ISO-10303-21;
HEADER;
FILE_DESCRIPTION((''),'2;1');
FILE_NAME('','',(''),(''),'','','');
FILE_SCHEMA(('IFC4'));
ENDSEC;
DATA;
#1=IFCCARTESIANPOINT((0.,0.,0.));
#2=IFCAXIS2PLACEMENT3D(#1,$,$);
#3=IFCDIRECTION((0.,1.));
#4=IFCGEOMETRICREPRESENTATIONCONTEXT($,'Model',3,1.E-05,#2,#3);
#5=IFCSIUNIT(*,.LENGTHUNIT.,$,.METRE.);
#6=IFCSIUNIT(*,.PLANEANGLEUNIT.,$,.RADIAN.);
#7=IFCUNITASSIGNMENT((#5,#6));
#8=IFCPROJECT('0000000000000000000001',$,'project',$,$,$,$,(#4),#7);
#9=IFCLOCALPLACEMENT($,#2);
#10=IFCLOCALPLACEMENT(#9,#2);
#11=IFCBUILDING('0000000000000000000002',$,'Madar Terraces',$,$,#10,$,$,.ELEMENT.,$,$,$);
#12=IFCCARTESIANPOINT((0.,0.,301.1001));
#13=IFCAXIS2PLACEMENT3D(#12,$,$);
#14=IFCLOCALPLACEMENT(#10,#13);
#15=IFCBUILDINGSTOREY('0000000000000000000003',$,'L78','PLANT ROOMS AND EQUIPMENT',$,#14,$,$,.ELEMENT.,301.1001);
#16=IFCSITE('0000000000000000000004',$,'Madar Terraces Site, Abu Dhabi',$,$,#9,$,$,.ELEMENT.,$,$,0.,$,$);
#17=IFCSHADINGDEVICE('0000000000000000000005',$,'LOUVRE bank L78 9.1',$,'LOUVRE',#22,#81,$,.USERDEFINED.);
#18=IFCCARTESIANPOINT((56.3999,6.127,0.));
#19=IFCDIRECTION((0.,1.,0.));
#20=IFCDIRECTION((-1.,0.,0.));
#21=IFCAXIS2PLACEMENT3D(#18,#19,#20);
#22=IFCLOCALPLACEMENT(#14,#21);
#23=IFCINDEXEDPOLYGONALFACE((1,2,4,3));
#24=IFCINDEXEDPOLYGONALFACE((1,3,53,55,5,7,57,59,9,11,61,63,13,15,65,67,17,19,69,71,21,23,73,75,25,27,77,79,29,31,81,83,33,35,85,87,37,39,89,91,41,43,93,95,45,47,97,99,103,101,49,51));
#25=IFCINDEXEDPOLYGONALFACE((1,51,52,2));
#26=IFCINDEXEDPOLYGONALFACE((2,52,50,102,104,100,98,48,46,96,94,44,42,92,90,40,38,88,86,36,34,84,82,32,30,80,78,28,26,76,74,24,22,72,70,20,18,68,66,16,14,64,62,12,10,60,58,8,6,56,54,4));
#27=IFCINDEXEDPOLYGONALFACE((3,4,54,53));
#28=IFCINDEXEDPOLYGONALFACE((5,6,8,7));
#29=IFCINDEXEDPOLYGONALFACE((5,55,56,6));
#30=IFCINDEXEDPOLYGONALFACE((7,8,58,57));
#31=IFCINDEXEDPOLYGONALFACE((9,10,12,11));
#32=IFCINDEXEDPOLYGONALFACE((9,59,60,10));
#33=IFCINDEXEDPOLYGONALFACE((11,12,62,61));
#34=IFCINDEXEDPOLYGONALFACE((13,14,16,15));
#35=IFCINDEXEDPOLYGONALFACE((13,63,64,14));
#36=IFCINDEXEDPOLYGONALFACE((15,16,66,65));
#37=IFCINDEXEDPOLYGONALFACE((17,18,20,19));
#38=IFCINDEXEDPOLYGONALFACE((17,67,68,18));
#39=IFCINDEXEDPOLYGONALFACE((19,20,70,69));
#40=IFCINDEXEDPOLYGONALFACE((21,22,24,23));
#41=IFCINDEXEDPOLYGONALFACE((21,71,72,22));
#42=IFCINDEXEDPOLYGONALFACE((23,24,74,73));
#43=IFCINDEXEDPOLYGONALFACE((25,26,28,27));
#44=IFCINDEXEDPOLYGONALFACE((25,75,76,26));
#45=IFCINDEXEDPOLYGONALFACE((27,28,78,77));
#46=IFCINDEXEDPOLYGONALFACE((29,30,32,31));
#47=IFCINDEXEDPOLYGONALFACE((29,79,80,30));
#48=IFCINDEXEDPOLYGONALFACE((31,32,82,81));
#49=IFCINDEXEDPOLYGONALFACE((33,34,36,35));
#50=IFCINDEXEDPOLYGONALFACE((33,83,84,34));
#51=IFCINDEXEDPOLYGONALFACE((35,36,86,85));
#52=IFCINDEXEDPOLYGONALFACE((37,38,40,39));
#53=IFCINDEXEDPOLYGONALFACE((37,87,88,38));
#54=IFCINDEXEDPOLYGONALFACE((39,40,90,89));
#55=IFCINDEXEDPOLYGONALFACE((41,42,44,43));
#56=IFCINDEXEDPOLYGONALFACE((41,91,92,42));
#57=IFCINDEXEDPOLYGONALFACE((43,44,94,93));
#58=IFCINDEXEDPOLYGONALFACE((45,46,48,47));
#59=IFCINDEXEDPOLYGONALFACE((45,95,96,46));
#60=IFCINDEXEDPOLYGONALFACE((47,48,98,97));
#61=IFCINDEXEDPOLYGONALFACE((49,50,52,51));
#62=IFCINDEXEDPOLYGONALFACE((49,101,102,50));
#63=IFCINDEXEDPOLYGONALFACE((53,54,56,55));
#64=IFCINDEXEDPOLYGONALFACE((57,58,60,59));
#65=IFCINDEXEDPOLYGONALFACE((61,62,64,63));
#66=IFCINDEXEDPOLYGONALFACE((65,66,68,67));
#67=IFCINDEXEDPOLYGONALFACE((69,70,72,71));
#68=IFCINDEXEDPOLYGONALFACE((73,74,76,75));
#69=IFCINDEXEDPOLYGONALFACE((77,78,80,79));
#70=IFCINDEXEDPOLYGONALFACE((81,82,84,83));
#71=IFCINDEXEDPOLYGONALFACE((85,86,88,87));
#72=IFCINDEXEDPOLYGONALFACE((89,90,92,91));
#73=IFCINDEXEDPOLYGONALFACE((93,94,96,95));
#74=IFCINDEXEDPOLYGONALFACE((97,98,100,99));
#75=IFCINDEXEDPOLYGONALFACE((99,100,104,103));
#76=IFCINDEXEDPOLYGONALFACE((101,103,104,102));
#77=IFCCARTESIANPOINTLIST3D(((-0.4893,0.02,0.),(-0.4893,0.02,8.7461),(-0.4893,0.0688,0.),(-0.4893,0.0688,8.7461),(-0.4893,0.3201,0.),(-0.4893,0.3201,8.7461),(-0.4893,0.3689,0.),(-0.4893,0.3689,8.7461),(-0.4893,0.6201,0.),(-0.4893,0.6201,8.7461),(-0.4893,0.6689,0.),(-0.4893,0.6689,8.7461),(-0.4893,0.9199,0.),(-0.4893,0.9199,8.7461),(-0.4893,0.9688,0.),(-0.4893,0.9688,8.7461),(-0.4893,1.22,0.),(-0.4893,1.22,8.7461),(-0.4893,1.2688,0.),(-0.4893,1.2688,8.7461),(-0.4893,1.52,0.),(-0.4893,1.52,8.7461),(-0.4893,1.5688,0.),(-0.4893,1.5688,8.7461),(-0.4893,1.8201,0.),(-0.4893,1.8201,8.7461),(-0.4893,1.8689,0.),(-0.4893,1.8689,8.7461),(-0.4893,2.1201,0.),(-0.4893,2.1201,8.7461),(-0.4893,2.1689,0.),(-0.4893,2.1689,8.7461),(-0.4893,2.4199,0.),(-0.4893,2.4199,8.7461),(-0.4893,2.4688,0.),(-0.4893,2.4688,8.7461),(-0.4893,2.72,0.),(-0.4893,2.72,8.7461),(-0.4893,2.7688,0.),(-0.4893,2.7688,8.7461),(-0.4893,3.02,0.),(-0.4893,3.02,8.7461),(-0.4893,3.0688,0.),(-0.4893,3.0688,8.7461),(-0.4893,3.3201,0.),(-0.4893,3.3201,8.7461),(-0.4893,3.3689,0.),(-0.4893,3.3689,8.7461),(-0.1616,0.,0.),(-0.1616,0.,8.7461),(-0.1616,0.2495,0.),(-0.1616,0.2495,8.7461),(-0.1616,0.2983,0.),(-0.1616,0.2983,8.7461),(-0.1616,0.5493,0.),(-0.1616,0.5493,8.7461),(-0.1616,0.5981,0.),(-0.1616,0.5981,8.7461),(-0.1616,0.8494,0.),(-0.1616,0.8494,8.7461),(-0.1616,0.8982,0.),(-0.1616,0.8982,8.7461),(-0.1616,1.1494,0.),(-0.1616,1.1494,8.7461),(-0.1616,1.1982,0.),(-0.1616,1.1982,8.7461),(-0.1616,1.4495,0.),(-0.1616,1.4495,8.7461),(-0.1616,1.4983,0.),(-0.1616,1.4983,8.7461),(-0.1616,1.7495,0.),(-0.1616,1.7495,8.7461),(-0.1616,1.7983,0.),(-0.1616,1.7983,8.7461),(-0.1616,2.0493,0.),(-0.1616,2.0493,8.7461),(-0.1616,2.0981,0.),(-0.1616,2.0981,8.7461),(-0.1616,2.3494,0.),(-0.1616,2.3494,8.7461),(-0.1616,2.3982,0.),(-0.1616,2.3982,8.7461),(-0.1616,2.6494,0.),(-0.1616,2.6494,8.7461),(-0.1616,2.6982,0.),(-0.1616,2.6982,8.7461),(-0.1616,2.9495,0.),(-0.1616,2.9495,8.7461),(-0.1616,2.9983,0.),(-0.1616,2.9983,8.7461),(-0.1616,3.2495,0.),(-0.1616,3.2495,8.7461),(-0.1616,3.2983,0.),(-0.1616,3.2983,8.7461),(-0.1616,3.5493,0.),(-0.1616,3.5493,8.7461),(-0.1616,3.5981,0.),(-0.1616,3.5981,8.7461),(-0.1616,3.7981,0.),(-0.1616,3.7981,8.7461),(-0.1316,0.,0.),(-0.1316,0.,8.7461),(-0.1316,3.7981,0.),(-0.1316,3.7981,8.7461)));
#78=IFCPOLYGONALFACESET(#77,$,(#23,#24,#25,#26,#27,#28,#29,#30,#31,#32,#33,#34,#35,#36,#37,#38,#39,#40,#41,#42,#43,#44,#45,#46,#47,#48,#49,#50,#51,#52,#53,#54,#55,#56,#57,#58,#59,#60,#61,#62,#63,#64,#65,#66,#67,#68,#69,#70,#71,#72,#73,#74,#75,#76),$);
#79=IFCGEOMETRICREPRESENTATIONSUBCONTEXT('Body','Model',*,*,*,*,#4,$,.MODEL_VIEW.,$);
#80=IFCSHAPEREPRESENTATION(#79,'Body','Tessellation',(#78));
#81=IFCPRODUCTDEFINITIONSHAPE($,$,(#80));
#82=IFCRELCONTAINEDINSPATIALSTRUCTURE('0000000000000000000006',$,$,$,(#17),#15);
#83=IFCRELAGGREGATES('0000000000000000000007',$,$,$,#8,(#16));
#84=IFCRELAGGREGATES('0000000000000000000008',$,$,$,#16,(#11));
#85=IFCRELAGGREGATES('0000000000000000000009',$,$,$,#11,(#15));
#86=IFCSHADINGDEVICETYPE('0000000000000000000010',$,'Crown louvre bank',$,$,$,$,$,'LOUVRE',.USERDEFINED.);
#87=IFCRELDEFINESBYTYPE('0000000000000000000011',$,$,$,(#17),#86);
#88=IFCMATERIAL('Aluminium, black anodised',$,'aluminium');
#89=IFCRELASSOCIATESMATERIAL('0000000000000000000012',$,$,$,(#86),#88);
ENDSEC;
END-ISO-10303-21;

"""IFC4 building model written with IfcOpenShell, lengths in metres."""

from ifc_helpers import new_model, si_unit, direction, frame, origin, place, context, subcontext, project, spatial, polyline, outline, extrude, material, type_object, element, save


model = new_model("IFC4")

# Units and contexts
model_context = context("Model", 3, precision=1e-05, world=origin(), true_north=direction((0.0, 1.0)))
body_context = subcontext(model_context, "Body", "Model", "MODEL_VIEW")
ifc_project = project(units=[si_unit("LENGTHUNIT", "METRE"), si_unit("PLANEANGLEUNIT", "RADIAN")], contexts=[model_context])

# Site, building, storey
site_placement = place(None, origin())
site = spatial("IfcSite", under=ifc_project, at=site_placement, Name="Madar Terraces Site, Abu Dhabi", CompositionType="ELEMENT", RefElevation=0.0)
building_placement = place(site_placement, origin())
building = spatial("IfcBuilding", under=site, at=building_placement, Name="Madar Terraces", CompositionType="ELEMENT")
storey_placement = place(building_placement, frame((0.0, 0.0, 301.1001)))
storey = spatial("IfcBuildingStorey", under=building, at=storey_placement, Name="L78", Description="PLANT ROOMS AND EQUIPMENT", CompositionType="ELEMENT", Elevation=301.1001)

# Shading device
ifc_material_1 = material(Name="Aluminium, black anodised", Category="aluminium")
shading_device_type = type_object("IfcShadingDeviceType", Name="Crown louvre bank", ElementType="LOUVRE", PredefinedType="USERDEFINED", material=ifc_material_1)
shading_device_1_placement = place(storey_placement, frame((56.3999, 6.127, 0.0), z_axis=(0.0, 1.0, 0.0), x_axis=(-1.0, 0.0, 0.0)))
element("IfcShadingDevice", 1, at=shading_device_1_placement, inside=storey, type_object=shading_device_type, Name="LOUVRE bank L78 9.1", ObjectType="LOUVRE", PredefinedType="USERDEFINED", context=body_context, shape_type="SweptSolid", body=[
    extrude(outline(polyline([(-0.1316, 0.0), (-0.1616, 0.0), (-0.1616, 0.2495), (-0.4893, 0.02), (-0.4893, 0.0688), (-0.1616, 0.2983), (-0.1616, 0.5493), (-0.4893, 0.3201), (-0.4893, 0.3689), (-0.1616, 0.5981), (-0.1616, 0.8494), (-0.4893, 0.6201), (-0.4893, 0.6689), (-0.1616, 0.8982), (-0.1616, 1.1494), (-0.4893, 0.9199), (-0.4893, 0.9688), (-0.1616, 1.1982), (-0.1616, 1.4495), (-0.4893, 1.22), (-0.4893, 1.2688), (-0.1616, 1.4983), (-0.1616, 1.7495), (-0.4893, 1.52), (-0.4893, 1.5688), (-0.1616, 1.7983), (-0.1616, 2.0493), (-0.4893, 1.8201), (-0.4893, 1.8689), (-0.1616, 2.0981), (-0.1616, 2.3494), (-0.4893, 2.1201), (-0.4893, 2.1689), (-0.1616, 2.3982), (-0.1616, 2.6494), (-0.4893, 2.4199), (-0.4893, 2.4688), (-0.1616, 2.6982), (-0.1616, 2.9495), (-0.4893, 2.72), (-0.4893, 2.7688), (-0.1616, 2.9983), (-0.1616, 3.2495), (-0.4893, 3.02), (-0.4893, 3.0688), (-0.1616, 3.2983), (-0.1616, 3.5493), (-0.4893, 3.3201), (-0.4893, 3.3689), (-0.1616, 3.5981), (-0.1616, 3.7981), (-0.1316, 3.7981), (-0.1316, 0.0)])), origin(), (0.0, 0.0, 1.0), 8.7461),
])

save(model, "model.ifc")
